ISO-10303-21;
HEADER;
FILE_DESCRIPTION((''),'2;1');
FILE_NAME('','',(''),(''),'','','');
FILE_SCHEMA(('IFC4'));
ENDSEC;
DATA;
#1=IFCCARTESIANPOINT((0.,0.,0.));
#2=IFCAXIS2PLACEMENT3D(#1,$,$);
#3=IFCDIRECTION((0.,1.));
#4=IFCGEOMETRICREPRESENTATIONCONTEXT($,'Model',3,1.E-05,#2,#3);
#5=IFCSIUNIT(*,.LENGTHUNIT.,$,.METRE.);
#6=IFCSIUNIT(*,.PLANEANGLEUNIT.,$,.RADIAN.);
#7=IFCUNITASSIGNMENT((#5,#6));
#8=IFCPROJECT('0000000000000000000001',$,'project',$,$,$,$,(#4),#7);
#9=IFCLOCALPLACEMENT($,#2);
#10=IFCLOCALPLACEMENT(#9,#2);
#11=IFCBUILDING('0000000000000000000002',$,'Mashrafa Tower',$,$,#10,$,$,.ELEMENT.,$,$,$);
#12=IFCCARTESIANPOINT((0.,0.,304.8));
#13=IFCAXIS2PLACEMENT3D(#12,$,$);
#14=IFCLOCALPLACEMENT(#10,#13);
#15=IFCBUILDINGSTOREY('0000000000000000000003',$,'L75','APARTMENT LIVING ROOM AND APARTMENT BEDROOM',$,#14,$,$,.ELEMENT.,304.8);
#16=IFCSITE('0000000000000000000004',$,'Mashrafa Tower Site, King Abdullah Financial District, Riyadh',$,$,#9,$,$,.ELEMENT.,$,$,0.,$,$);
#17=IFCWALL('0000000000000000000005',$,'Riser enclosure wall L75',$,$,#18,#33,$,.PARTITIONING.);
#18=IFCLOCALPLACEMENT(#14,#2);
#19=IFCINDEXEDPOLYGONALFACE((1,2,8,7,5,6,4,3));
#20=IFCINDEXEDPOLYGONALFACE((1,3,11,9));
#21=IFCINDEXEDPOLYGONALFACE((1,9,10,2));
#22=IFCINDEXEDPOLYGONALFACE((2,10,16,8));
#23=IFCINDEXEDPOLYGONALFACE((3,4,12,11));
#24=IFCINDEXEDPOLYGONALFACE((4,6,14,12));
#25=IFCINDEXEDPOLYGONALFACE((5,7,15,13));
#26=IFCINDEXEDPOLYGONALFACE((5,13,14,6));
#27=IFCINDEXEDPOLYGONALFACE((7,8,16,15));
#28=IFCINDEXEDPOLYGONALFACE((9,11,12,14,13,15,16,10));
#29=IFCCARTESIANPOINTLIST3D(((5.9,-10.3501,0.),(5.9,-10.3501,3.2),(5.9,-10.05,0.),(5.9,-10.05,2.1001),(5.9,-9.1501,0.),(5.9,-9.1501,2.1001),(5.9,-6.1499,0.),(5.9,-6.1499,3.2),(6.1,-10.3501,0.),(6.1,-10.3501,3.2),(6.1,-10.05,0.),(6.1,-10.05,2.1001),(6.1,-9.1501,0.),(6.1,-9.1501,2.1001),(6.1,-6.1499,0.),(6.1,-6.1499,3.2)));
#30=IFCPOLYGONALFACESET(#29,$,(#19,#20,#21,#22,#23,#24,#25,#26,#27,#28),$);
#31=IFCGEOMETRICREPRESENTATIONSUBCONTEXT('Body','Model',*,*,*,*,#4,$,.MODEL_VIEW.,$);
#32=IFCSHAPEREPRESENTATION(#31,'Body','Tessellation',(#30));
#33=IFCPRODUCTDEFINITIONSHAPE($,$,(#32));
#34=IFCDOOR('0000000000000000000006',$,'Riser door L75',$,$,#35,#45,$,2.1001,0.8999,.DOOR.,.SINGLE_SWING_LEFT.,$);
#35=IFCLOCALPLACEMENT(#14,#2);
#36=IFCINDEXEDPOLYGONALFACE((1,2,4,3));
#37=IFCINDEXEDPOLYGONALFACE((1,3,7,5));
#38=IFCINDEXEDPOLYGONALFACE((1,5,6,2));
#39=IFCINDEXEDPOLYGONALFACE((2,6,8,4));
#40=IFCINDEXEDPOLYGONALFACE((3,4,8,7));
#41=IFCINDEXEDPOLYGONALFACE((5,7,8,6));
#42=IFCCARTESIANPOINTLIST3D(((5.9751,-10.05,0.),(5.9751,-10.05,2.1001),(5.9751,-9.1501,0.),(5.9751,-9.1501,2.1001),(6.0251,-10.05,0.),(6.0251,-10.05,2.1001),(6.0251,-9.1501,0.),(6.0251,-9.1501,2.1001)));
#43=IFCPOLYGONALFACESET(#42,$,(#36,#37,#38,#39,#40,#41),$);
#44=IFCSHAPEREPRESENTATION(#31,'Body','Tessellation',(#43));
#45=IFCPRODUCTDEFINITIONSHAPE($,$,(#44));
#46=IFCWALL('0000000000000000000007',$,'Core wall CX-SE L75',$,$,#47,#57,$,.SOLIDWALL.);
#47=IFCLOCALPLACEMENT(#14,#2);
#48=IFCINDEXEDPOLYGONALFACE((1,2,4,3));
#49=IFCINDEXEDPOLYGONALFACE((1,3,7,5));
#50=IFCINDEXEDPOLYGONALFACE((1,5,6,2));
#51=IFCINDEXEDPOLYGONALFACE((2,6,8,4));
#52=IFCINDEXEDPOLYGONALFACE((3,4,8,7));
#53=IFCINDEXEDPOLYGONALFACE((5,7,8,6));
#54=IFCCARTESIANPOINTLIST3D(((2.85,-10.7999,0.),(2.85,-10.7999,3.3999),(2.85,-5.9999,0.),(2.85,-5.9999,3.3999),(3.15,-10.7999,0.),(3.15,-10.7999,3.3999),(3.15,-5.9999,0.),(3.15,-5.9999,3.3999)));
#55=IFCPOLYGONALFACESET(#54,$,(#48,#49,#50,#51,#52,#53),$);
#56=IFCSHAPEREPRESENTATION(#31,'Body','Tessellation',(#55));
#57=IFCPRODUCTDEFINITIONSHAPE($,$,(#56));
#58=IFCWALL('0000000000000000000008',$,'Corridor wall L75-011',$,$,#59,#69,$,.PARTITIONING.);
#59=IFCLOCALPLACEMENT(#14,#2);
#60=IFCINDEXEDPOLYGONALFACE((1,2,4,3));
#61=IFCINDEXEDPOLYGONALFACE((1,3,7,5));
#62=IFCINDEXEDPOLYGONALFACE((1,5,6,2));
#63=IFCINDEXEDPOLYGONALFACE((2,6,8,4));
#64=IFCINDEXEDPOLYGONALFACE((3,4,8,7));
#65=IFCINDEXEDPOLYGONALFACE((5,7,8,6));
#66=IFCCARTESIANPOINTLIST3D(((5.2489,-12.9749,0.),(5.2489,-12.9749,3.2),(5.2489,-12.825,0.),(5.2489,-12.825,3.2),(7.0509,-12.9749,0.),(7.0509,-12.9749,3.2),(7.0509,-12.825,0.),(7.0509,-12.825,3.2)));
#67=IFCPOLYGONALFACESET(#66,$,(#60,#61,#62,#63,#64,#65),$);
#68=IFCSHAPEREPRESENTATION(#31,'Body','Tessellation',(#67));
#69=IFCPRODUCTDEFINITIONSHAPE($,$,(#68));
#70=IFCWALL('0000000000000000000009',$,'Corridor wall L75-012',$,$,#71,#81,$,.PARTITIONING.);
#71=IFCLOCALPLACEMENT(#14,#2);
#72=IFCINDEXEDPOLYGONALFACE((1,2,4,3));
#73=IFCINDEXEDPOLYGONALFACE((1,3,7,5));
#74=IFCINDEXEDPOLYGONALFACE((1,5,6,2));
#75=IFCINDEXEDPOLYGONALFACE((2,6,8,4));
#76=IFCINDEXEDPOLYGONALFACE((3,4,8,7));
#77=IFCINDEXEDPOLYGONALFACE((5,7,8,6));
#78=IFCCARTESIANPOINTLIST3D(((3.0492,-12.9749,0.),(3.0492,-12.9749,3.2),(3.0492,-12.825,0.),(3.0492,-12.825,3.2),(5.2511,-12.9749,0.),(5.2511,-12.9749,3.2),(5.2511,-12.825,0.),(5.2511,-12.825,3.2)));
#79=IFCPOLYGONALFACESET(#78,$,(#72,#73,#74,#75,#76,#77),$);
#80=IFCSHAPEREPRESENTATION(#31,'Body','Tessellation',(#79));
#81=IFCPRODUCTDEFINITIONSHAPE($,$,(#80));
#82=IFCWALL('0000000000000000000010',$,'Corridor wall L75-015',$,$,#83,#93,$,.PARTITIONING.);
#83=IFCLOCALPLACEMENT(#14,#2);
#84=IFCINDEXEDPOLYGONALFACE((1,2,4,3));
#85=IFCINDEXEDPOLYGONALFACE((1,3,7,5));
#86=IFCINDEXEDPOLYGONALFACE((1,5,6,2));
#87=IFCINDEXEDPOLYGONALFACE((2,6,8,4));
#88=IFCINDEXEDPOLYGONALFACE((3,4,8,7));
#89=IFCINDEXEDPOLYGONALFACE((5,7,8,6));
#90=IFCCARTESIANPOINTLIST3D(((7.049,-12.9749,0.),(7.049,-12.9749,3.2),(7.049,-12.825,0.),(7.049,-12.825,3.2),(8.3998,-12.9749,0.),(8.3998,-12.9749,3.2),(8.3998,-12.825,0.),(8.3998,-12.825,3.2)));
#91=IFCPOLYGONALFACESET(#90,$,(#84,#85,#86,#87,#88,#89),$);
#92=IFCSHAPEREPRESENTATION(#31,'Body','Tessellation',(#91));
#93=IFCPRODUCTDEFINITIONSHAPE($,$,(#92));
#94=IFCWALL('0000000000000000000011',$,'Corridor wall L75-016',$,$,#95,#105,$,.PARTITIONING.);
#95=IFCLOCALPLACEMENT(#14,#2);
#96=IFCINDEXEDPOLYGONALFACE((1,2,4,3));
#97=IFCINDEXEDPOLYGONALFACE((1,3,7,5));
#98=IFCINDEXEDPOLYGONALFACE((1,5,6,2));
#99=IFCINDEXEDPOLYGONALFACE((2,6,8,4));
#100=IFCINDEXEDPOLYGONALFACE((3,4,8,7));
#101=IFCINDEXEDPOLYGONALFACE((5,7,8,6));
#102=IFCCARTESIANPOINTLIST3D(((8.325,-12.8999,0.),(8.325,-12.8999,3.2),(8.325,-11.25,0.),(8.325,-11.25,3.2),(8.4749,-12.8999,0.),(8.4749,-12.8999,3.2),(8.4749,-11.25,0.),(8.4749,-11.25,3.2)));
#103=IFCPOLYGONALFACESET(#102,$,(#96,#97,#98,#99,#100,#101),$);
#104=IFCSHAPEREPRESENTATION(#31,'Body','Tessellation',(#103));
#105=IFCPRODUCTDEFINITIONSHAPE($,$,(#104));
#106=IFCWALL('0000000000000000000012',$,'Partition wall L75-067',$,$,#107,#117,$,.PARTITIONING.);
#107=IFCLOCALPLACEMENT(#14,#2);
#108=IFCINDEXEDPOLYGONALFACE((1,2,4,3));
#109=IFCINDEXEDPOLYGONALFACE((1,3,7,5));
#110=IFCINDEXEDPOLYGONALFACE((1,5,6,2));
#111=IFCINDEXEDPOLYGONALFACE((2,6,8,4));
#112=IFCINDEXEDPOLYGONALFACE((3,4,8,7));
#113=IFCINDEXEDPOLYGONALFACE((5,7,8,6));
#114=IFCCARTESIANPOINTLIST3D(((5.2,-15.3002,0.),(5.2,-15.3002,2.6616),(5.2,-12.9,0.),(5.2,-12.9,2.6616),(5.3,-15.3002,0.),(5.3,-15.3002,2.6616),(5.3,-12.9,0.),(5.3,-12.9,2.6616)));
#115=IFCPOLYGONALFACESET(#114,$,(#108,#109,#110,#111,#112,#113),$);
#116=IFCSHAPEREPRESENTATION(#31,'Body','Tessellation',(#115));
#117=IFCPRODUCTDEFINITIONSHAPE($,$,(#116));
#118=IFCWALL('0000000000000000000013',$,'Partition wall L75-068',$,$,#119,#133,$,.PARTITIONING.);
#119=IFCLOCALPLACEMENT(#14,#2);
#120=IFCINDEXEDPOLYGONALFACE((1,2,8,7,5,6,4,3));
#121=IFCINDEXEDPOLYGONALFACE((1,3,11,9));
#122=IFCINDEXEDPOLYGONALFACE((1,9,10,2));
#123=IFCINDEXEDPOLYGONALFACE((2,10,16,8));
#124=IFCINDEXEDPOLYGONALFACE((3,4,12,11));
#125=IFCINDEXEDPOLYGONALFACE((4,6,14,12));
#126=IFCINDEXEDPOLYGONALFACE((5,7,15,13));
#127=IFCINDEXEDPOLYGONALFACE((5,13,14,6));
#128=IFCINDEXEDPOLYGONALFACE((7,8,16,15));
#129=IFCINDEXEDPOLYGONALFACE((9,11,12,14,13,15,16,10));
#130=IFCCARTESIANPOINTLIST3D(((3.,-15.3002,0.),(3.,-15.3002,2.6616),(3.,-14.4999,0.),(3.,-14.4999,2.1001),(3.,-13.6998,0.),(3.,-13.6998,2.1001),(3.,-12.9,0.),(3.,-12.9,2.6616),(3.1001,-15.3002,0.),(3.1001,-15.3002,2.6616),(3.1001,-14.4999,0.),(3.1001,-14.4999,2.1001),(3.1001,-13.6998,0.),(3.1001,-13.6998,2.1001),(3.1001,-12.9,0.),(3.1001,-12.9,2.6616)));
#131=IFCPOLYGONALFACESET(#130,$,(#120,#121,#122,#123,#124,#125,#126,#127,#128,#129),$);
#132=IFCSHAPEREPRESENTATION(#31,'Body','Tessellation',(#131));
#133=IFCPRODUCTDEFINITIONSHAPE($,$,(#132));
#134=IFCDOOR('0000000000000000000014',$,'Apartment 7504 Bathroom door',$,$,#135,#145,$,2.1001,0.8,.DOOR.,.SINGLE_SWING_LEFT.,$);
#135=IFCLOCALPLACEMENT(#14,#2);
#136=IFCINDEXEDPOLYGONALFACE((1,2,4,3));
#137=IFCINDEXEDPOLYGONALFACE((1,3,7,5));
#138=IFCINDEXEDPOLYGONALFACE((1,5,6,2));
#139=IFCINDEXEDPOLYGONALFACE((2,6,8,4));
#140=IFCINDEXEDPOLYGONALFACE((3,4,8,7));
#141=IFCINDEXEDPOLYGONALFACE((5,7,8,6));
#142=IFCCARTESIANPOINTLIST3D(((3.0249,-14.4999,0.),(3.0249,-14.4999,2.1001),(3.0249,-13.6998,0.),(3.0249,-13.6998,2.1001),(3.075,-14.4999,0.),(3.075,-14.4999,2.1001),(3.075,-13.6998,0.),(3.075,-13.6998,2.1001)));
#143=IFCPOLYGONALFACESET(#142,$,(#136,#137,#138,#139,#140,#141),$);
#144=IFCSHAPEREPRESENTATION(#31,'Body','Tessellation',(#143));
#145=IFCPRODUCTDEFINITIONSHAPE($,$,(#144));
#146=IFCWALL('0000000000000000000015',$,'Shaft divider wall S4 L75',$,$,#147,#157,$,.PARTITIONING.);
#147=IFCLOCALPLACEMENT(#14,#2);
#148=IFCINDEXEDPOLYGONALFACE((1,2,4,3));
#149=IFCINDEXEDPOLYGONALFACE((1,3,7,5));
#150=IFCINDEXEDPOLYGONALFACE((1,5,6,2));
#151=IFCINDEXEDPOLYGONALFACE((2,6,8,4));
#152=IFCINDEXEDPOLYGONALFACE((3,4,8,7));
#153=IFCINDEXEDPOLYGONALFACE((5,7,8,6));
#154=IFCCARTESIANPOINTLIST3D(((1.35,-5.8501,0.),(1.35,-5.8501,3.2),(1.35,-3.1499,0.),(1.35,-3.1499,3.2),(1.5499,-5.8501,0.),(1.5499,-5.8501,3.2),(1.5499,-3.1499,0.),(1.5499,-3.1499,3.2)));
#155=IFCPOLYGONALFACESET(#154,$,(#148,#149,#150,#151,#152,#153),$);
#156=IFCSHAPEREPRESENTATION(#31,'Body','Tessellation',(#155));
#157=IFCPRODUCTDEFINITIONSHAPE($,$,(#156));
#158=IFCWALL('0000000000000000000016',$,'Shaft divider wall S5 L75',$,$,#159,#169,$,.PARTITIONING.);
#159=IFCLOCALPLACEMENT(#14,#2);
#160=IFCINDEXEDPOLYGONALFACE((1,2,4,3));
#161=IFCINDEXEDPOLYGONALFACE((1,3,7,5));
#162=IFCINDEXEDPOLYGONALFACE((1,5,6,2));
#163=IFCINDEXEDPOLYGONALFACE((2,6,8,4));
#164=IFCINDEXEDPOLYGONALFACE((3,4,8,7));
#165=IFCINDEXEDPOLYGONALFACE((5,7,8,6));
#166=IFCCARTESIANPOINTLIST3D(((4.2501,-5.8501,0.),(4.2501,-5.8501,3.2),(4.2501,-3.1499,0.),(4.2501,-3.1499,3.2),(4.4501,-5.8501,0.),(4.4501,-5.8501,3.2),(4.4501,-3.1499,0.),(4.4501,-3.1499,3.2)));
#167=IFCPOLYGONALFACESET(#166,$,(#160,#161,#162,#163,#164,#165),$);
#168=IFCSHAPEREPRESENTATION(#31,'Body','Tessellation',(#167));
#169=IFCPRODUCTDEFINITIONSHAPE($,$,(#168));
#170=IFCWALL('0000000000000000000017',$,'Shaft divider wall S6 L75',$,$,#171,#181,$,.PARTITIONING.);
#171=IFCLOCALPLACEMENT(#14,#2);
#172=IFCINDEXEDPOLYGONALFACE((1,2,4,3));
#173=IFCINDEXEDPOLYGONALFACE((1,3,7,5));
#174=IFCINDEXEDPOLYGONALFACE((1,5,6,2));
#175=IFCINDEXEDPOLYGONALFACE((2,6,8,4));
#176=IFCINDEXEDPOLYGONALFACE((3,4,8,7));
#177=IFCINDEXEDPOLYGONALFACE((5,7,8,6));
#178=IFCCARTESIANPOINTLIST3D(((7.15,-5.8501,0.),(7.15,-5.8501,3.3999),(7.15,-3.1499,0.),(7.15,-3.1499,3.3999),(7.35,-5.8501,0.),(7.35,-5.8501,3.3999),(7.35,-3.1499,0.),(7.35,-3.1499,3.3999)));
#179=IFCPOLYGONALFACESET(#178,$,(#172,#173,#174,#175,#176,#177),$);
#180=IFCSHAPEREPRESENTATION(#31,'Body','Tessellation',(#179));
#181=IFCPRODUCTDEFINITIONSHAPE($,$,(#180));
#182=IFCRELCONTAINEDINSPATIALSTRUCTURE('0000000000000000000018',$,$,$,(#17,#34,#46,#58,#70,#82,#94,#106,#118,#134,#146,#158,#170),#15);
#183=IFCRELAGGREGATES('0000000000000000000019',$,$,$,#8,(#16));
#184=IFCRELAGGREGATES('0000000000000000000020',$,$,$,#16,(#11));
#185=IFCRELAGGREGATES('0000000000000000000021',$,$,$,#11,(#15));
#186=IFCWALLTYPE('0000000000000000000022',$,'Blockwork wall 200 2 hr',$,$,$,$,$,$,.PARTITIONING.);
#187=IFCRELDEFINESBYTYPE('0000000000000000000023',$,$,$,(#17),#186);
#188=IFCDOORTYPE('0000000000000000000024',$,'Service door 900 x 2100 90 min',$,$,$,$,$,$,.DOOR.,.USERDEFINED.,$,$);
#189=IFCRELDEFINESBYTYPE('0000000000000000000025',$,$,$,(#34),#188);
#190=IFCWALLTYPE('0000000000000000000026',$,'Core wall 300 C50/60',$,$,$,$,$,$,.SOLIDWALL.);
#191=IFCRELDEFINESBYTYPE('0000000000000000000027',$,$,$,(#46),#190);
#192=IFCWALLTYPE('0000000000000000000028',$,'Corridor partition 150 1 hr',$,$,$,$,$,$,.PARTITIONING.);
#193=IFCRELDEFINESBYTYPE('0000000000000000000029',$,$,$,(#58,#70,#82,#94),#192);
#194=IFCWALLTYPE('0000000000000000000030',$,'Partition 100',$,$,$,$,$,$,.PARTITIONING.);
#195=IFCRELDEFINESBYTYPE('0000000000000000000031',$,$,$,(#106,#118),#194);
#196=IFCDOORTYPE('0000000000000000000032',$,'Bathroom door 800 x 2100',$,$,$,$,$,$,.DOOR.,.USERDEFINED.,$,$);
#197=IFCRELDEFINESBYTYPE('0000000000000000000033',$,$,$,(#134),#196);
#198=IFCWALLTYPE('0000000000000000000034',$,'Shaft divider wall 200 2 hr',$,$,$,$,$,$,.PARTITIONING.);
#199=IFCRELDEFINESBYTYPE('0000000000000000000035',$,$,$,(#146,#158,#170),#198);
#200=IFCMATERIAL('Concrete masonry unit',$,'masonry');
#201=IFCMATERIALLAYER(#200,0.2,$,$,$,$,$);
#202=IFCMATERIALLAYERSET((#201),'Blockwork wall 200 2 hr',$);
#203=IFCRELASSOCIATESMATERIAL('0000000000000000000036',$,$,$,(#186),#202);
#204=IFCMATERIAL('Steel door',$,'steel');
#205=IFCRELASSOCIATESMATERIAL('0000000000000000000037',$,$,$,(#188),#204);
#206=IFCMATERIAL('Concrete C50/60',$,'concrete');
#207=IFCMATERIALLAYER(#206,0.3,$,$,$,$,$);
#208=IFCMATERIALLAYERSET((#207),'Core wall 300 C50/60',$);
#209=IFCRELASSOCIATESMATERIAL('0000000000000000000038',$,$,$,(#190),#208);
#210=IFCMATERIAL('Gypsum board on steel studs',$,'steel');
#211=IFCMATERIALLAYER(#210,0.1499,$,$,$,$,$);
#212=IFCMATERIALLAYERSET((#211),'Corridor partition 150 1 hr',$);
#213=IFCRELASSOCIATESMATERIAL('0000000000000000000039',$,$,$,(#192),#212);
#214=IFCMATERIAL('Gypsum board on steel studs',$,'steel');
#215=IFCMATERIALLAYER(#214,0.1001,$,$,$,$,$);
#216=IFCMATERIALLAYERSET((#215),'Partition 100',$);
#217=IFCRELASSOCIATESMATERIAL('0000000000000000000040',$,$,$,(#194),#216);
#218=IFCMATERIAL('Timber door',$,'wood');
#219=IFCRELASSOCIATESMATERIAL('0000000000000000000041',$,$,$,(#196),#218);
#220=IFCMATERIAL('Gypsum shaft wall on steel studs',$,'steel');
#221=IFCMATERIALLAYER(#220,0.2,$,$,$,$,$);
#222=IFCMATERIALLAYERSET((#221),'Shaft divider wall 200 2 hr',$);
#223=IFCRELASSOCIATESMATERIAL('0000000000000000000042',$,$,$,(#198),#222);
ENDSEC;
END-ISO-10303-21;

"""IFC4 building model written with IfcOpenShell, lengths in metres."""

from ifc_helpers import new_model, si_unit, direction, frame, frame_2d, origin, place, context, subcontext, project, spatial, rectangle, extrude, material, layer, layer_set, type_object, element, fill, save


model = new_model("IFC4")

# Units and contexts
model_context = context("Model", 3, precision=1e-05, world=origin(), true_north=direction((0.0, 1.0)))
body_context = subcontext(model_context, "Body", "Model", "MODEL_VIEW")
ifc_project = project(units=[si_unit("LENGTHUNIT", "METRE"), si_unit("PLANEANGLEUNIT", "RADIAN")], contexts=[model_context])

# Site, building, storey
site_placement = place(None, origin())
site = spatial("IfcSite", under=ifc_project, at=site_placement, Name="Mashrafa Tower Site, King Abdullah Financial District, Riyadh", CompositionType="ELEMENT", RefElevation=0.0)
building_placement = place(site_placement, origin())
building = spatial("IfcBuilding", under=site, at=building_placement, Name="Mashrafa Tower", CompositionType="ELEMENT")
storey_placement = place(building_placement, frame((0.0, 0.0, 304.8)))
storey = spatial("IfcBuildingStorey", under=building, at=storey_placement, Name="L75", Description="APARTMENT LIVING ROOM AND APARTMENT BEDROOM", CompositionType="ELEMENT", Elevation=304.8)

# Wall, opening, door
ifc_material_1 = material(Name="Concrete masonry unit", Category="masonry")
ifc_layer_1 = layer(ifc_material_1, 0.2)
ifc_layer_set_1 = layer_set([ifc_layer_1], Name="Blockwork wall 200 2 hr")
wall_type_1 = type_object("IfcWallType", Name="Blockwork wall 200 2 hr", PredefinedType="PARTITIONING", material=ifc_layer_set_1)
wall_1_placement = place(storey_placement, frame((6.0, -10.3501, 0.0), z_axis=(0.0, 0.0, 1.0), x_axis=(0.0, 1.0, 0.0)))
wall_1 = element("IfcWall", 1, at=wall_1_placement, inside=storey, type_object=wall_type_1, Name="Riser enclosure wall L75", PredefinedType="PARTITIONING", context=body_context, shape_type="SweptSolid", body=[
    extrude(rectangle(XDim=4.2002, YDim=0.2, at=frame_2d((2.1001, 0.0))), origin(), (0.0, 0.0, 1.0), 3.2),
])
opening_1_placement = place(wall_1_placement, frame((0.3, 0.0, 0.0)))
opening_1 = element("IfcOpeningElement", 2, at=opening_1_placement, cuts=wall_1, PredefinedType="OPENING", context=body_context, shape_type="SweptSolid", body=[
    extrude(rectangle(XDim=0.8999, YDim=2.1001, at=frame_2d((0.45, 1.05))), frame((0.0, 0.1099, 0.0), z_axis=(0.0, -1.0, 0.0), x_axis=(1.0, 0.0, 0.0)), (0.0, 0.0, 1.0), 0.22),
])
ifc_material_2 = material(Name="Steel door", Category="steel")
door_type_1 = type_object("IfcDoorType", Name="Service door 900 x 2100 90 min", OperationType="USERDEFINED", PredefinedType="DOOR", material=ifc_material_2)
door_1_placement = place(opening_1_placement, origin())
door_1 = element("IfcDoor", 3, at=door_1_placement, inside=storey, type_object=door_type_1, Name="Riser door L75", OperationType="SINGLE_SWING_LEFT", OverallHeight=2.1001, OverallWidth=0.8999, PredefinedType="DOOR", context=body_context, shape_type="SweptSolid", body=[
    extrude(rectangle(XDim=0.8999, YDim=2.1001, at=frame_2d((0.45, 1.05))), frame((0.0, 0.0249, 0.0), z_axis=(0.0, -1.0, 0.0), x_axis=(1.0, 0.0, 0.0)), (0.0, 0.0, 1.0), 0.05),
])
fill(opening_1, door_1)

# Walls
ifc_material_3 = material(Name="Concrete C50/60", Category="concrete")
ifc_layer_2 = layer(ifc_material_3, 0.3)
ifc_layer_set_2 = layer_set([ifc_layer_2], Name="Core wall 300 C50/60")
wall_type_2 = type_object("IfcWallType", Name="Core wall 300 C50/60", PredefinedType="SOLIDWALL", material=ifc_layer_set_2)
wall_2_placement = place(storey_placement, frame((3.0, -6.0, 0.0), z_axis=(0.0, 0.0, 1.0), x_axis=(0.0, -1.0, 0.0)))
element("IfcWall", 4, at=wall_2_placement, inside=storey, type_object=wall_type_2, Name="Core wall CX-SE L75", PredefinedType="SOLIDWALL", context=body_context, shape_type="SweptSolid", body=[
    extrude(rectangle(XDim=4.8, YDim=0.3, at=frame_2d((2.3999, 0.0))), origin(), (0.0, 0.0, 1.0), 3.3999),
])
ifc_material_4 = material(Name="Gypsum board on steel studs", Category="steel")
ifc_layer_3 = layer(ifc_material_4, 0.1499)
ifc_layer_set_3 = layer_set([ifc_layer_3], Name="Corridor partition 150 1 hr")
wall_type_3 = type_object("IfcWallType", Name="Corridor partition 150 1 hr", PredefinedType="PARTITIONING", material=ifc_layer_set_3)
wall_3_placement = place(storey_placement, frame((5.249, -12.8999, 0.0), z_axis=(0.0, 0.0, 1.0), x_axis=(1.0, 0.0, 0.0)))
element("IfcWall", 5, at=wall_3_placement, inside=storey, type_object=wall_type_3, Name="Corridor wall L75-011", PredefinedType="PARTITIONING", context=body_context, shape_type="SweptSolid", body=[
    extrude(rectangle(XDim=1.802, YDim=0.1499, at=frame_2d((0.9009, 0.0))), origin(), (0.0, 0.0, 1.0), 3.2),
])
wall_4_placement = place(storey_placement, frame((3.0491, -12.8999, 0.0), z_axis=(0.0, 0.0, 1.0), x_axis=(1.0, 0.0, 0.0)))
element("IfcWall", 6, at=wall_4_placement, inside=storey, type_object=wall_type_3, Name="Corridor wall L75-012", PredefinedType="PARTITIONING", context=body_context, shape_type="SweptSolid", body=[
    extrude(rectangle(XDim=2.2019, YDim=0.1499, at=frame_2d((1.1011, 0.0))), origin(), (0.0, 0.0, 1.0), 3.2),
])
wall_5_placement = place(storey_placement, frame((7.0491, -12.8999, 0.0), z_axis=(0.0, 0.0, 1.0), x_axis=(1.0, 0.0, 0.0)))
element("IfcWall", 7, at=wall_5_placement, inside=storey, type_object=wall_type_3, Name="Corridor wall L75-015", PredefinedType="PARTITIONING", context=body_context, shape_type="SweptSolid", body=[
    extrude(rectangle(XDim=1.3508, YDim=0.1499, at=frame_2d((0.6753, 0.0))), origin(), (0.0, 0.0, 1.0), 3.2),
])
wall_6_placement = place(storey_placement, frame((8.3999, -12.8999, 0.0), z_axis=(0.0, 0.0, 1.0), x_axis=(0.0, 1.0, 0.0)))
element("IfcWall", 8, at=wall_6_placement, inside=storey, type_object=wall_type_3, Name="Corridor wall L75-016", PredefinedType="PARTITIONING", context=body_context, shape_type="SweptSolid", body=[
    extrude(rectangle(XDim=1.6499, YDim=0.1499, at=frame_2d((0.825, 0.0))), origin(), (0.0, 0.0, 1.0), 3.2),
])
ifc_material_5 = material(Name="Gypsum board on steel studs", Category="steel")
ifc_layer_4 = layer(ifc_material_5, 0.1001)
ifc_layer_set_4 = layer_set([ifc_layer_4], Name="Partition 100")
wall_type_4 = type_object("IfcWallType", Name="Partition 100", PredefinedType="PARTITIONING", material=ifc_layer_set_4)
wall_7_placement = place(storey_placement, frame((5.25, -12.8999, 0.0), z_axis=(0.0, 0.0, 1.0), x_axis=(0.0, -1.0, 0.0)))
element("IfcWall", 9, at=wall_7_placement, inside=storey, type_object=wall_type_4, Name="Partition wall L75-067", PredefinedType="PARTITIONING", context=body_context, shape_type="SweptSolid", body=[
    extrude(rectangle(XDim=2.4001, YDim=0.1001, at=frame_2d((1.2002, 0.0))), origin(), (0.0, 0.0, 1.0), 2.6616),
])

# Wall, opening, door
wall_8_placement = place(storey_placement, frame((3.05, -12.8999, 0.0), z_axis=(0.0, 0.0, 1.0), x_axis=(0.0, -1.0, 0.0)))
wall_8 = element("IfcWall", 10, at=wall_8_placement, inside=storey, type_object=wall_type_4, Name="Partition wall L75-068", PredefinedType="PARTITIONING", context=body_context, shape_type="SweptSolid", body=[
    extrude(rectangle(XDim=2.4001, YDim=0.1001, at=frame_2d((1.2002, 0.0))), origin(), (0.0, 0.0, 1.0), 2.6616),
])
opening_2_placement = place(wall_8_placement, frame((0.8, 0.0, 0.0)))
opening_2 = element("IfcOpeningElement", 11, at=opening_2_placement, cuts=wall_8, PredefinedType="OPENING", context=body_context, shape_type="SweptSolid", body=[
    extrude(rectangle(XDim=0.8, YDim=2.1001, at=frame_2d((0.3999, 1.05))), frame((0.0, 0.0601, 0.0), z_axis=(0.0, -1.0, 0.0), x_axis=(1.0, 0.0, 0.0)), (0.0, 0.0, 1.0), 0.1201),
])
ifc_material_6 = material(Name="Timber door", Category="wood")
door_type_2 = type_object("IfcDoorType", Name="Bathroom door 800 x 2100", OperationType="USERDEFINED", PredefinedType="DOOR", material=ifc_material_6)
door_2_placement = place(opening_2_placement, origin())
door_2 = element("IfcDoor", 12, at=door_2_placement, inside=storey, type_object=door_type_2, Name="Apartment 7504 Bathroom door", OperationType="SINGLE_SWING_LEFT", OverallHeight=2.1001, OverallWidth=0.8, PredefinedType="DOOR", context=body_context, shape_type="SweptSolid", body=[
    extrude(rectangle(XDim=0.8, YDim=2.1001, at=frame_2d((0.3999, 1.05))), frame((0.0, 0.0249, 0.0), z_axis=(0.0, -1.0, 0.0), x_axis=(1.0, 0.0, 0.0)), (0.0, 0.0, 1.0), 0.05),
])
fill(opening_2, door_2)

# Walls
ifc_material_7 = material(Name="Gypsum shaft wall on steel studs", Category="steel")
ifc_layer_5 = layer(ifc_material_7, 0.2)
ifc_layer_set_5 = layer_set([ifc_layer_5], Name="Shaft divider wall 200 2 hr")
wall_type_5 = type_object("IfcWallType", Name="Shaft divider wall 200 2 hr", PredefinedType="PARTITIONING", material=ifc_layer_set_5)
for number, where, z_axis, x_axis, name in (
    (13, (1.45, -5.8501, 0.0), (0.0, 0.0, 1.0), (0.0, 1.0, 0.0), "Shaft divider wall S4 L75"),
    (14, (4.3501, -5.8501, 0.0), (0.0, 0.0, 1.0), (0.0, 1.0, 0.0), "Shaft divider wall S5 L75"),
):
    element("IfcWall", number, at=place(storey_placement, frame(where, z_axis=z_axis, x_axis=x_axis)), inside=storey, type_object=wall_type_5, Name=name, PredefinedType="PARTITIONING", context=body_context, shape_type="SweptSolid", body=[
        extrude(rectangle(XDim=2.7002, YDim=0.2, at=frame_2d((1.3501, 0.0))), origin(), (0.0, 0.0, 1.0), 3.2),
    ])
wall_9_placement = place(storey_placement, frame((7.25, -5.8501, 0.0), z_axis=(0.0, 0.0, 1.0), x_axis=(0.0, 1.0, 0.0)))
element("IfcWall", 15, at=wall_9_placement, inside=storey, type_object=wall_type_5, Name="Shaft divider wall S6 L75", PredefinedType="PARTITIONING", context=body_context, shape_type="SweptSolid", body=[
    extrude(rectangle(XDim=2.7002, YDim=0.2, at=frame_2d((1.3501, 0.0))), origin(), (0.0, 0.0, 1.0), 3.3999),
])

save(model, "model.ifc")
